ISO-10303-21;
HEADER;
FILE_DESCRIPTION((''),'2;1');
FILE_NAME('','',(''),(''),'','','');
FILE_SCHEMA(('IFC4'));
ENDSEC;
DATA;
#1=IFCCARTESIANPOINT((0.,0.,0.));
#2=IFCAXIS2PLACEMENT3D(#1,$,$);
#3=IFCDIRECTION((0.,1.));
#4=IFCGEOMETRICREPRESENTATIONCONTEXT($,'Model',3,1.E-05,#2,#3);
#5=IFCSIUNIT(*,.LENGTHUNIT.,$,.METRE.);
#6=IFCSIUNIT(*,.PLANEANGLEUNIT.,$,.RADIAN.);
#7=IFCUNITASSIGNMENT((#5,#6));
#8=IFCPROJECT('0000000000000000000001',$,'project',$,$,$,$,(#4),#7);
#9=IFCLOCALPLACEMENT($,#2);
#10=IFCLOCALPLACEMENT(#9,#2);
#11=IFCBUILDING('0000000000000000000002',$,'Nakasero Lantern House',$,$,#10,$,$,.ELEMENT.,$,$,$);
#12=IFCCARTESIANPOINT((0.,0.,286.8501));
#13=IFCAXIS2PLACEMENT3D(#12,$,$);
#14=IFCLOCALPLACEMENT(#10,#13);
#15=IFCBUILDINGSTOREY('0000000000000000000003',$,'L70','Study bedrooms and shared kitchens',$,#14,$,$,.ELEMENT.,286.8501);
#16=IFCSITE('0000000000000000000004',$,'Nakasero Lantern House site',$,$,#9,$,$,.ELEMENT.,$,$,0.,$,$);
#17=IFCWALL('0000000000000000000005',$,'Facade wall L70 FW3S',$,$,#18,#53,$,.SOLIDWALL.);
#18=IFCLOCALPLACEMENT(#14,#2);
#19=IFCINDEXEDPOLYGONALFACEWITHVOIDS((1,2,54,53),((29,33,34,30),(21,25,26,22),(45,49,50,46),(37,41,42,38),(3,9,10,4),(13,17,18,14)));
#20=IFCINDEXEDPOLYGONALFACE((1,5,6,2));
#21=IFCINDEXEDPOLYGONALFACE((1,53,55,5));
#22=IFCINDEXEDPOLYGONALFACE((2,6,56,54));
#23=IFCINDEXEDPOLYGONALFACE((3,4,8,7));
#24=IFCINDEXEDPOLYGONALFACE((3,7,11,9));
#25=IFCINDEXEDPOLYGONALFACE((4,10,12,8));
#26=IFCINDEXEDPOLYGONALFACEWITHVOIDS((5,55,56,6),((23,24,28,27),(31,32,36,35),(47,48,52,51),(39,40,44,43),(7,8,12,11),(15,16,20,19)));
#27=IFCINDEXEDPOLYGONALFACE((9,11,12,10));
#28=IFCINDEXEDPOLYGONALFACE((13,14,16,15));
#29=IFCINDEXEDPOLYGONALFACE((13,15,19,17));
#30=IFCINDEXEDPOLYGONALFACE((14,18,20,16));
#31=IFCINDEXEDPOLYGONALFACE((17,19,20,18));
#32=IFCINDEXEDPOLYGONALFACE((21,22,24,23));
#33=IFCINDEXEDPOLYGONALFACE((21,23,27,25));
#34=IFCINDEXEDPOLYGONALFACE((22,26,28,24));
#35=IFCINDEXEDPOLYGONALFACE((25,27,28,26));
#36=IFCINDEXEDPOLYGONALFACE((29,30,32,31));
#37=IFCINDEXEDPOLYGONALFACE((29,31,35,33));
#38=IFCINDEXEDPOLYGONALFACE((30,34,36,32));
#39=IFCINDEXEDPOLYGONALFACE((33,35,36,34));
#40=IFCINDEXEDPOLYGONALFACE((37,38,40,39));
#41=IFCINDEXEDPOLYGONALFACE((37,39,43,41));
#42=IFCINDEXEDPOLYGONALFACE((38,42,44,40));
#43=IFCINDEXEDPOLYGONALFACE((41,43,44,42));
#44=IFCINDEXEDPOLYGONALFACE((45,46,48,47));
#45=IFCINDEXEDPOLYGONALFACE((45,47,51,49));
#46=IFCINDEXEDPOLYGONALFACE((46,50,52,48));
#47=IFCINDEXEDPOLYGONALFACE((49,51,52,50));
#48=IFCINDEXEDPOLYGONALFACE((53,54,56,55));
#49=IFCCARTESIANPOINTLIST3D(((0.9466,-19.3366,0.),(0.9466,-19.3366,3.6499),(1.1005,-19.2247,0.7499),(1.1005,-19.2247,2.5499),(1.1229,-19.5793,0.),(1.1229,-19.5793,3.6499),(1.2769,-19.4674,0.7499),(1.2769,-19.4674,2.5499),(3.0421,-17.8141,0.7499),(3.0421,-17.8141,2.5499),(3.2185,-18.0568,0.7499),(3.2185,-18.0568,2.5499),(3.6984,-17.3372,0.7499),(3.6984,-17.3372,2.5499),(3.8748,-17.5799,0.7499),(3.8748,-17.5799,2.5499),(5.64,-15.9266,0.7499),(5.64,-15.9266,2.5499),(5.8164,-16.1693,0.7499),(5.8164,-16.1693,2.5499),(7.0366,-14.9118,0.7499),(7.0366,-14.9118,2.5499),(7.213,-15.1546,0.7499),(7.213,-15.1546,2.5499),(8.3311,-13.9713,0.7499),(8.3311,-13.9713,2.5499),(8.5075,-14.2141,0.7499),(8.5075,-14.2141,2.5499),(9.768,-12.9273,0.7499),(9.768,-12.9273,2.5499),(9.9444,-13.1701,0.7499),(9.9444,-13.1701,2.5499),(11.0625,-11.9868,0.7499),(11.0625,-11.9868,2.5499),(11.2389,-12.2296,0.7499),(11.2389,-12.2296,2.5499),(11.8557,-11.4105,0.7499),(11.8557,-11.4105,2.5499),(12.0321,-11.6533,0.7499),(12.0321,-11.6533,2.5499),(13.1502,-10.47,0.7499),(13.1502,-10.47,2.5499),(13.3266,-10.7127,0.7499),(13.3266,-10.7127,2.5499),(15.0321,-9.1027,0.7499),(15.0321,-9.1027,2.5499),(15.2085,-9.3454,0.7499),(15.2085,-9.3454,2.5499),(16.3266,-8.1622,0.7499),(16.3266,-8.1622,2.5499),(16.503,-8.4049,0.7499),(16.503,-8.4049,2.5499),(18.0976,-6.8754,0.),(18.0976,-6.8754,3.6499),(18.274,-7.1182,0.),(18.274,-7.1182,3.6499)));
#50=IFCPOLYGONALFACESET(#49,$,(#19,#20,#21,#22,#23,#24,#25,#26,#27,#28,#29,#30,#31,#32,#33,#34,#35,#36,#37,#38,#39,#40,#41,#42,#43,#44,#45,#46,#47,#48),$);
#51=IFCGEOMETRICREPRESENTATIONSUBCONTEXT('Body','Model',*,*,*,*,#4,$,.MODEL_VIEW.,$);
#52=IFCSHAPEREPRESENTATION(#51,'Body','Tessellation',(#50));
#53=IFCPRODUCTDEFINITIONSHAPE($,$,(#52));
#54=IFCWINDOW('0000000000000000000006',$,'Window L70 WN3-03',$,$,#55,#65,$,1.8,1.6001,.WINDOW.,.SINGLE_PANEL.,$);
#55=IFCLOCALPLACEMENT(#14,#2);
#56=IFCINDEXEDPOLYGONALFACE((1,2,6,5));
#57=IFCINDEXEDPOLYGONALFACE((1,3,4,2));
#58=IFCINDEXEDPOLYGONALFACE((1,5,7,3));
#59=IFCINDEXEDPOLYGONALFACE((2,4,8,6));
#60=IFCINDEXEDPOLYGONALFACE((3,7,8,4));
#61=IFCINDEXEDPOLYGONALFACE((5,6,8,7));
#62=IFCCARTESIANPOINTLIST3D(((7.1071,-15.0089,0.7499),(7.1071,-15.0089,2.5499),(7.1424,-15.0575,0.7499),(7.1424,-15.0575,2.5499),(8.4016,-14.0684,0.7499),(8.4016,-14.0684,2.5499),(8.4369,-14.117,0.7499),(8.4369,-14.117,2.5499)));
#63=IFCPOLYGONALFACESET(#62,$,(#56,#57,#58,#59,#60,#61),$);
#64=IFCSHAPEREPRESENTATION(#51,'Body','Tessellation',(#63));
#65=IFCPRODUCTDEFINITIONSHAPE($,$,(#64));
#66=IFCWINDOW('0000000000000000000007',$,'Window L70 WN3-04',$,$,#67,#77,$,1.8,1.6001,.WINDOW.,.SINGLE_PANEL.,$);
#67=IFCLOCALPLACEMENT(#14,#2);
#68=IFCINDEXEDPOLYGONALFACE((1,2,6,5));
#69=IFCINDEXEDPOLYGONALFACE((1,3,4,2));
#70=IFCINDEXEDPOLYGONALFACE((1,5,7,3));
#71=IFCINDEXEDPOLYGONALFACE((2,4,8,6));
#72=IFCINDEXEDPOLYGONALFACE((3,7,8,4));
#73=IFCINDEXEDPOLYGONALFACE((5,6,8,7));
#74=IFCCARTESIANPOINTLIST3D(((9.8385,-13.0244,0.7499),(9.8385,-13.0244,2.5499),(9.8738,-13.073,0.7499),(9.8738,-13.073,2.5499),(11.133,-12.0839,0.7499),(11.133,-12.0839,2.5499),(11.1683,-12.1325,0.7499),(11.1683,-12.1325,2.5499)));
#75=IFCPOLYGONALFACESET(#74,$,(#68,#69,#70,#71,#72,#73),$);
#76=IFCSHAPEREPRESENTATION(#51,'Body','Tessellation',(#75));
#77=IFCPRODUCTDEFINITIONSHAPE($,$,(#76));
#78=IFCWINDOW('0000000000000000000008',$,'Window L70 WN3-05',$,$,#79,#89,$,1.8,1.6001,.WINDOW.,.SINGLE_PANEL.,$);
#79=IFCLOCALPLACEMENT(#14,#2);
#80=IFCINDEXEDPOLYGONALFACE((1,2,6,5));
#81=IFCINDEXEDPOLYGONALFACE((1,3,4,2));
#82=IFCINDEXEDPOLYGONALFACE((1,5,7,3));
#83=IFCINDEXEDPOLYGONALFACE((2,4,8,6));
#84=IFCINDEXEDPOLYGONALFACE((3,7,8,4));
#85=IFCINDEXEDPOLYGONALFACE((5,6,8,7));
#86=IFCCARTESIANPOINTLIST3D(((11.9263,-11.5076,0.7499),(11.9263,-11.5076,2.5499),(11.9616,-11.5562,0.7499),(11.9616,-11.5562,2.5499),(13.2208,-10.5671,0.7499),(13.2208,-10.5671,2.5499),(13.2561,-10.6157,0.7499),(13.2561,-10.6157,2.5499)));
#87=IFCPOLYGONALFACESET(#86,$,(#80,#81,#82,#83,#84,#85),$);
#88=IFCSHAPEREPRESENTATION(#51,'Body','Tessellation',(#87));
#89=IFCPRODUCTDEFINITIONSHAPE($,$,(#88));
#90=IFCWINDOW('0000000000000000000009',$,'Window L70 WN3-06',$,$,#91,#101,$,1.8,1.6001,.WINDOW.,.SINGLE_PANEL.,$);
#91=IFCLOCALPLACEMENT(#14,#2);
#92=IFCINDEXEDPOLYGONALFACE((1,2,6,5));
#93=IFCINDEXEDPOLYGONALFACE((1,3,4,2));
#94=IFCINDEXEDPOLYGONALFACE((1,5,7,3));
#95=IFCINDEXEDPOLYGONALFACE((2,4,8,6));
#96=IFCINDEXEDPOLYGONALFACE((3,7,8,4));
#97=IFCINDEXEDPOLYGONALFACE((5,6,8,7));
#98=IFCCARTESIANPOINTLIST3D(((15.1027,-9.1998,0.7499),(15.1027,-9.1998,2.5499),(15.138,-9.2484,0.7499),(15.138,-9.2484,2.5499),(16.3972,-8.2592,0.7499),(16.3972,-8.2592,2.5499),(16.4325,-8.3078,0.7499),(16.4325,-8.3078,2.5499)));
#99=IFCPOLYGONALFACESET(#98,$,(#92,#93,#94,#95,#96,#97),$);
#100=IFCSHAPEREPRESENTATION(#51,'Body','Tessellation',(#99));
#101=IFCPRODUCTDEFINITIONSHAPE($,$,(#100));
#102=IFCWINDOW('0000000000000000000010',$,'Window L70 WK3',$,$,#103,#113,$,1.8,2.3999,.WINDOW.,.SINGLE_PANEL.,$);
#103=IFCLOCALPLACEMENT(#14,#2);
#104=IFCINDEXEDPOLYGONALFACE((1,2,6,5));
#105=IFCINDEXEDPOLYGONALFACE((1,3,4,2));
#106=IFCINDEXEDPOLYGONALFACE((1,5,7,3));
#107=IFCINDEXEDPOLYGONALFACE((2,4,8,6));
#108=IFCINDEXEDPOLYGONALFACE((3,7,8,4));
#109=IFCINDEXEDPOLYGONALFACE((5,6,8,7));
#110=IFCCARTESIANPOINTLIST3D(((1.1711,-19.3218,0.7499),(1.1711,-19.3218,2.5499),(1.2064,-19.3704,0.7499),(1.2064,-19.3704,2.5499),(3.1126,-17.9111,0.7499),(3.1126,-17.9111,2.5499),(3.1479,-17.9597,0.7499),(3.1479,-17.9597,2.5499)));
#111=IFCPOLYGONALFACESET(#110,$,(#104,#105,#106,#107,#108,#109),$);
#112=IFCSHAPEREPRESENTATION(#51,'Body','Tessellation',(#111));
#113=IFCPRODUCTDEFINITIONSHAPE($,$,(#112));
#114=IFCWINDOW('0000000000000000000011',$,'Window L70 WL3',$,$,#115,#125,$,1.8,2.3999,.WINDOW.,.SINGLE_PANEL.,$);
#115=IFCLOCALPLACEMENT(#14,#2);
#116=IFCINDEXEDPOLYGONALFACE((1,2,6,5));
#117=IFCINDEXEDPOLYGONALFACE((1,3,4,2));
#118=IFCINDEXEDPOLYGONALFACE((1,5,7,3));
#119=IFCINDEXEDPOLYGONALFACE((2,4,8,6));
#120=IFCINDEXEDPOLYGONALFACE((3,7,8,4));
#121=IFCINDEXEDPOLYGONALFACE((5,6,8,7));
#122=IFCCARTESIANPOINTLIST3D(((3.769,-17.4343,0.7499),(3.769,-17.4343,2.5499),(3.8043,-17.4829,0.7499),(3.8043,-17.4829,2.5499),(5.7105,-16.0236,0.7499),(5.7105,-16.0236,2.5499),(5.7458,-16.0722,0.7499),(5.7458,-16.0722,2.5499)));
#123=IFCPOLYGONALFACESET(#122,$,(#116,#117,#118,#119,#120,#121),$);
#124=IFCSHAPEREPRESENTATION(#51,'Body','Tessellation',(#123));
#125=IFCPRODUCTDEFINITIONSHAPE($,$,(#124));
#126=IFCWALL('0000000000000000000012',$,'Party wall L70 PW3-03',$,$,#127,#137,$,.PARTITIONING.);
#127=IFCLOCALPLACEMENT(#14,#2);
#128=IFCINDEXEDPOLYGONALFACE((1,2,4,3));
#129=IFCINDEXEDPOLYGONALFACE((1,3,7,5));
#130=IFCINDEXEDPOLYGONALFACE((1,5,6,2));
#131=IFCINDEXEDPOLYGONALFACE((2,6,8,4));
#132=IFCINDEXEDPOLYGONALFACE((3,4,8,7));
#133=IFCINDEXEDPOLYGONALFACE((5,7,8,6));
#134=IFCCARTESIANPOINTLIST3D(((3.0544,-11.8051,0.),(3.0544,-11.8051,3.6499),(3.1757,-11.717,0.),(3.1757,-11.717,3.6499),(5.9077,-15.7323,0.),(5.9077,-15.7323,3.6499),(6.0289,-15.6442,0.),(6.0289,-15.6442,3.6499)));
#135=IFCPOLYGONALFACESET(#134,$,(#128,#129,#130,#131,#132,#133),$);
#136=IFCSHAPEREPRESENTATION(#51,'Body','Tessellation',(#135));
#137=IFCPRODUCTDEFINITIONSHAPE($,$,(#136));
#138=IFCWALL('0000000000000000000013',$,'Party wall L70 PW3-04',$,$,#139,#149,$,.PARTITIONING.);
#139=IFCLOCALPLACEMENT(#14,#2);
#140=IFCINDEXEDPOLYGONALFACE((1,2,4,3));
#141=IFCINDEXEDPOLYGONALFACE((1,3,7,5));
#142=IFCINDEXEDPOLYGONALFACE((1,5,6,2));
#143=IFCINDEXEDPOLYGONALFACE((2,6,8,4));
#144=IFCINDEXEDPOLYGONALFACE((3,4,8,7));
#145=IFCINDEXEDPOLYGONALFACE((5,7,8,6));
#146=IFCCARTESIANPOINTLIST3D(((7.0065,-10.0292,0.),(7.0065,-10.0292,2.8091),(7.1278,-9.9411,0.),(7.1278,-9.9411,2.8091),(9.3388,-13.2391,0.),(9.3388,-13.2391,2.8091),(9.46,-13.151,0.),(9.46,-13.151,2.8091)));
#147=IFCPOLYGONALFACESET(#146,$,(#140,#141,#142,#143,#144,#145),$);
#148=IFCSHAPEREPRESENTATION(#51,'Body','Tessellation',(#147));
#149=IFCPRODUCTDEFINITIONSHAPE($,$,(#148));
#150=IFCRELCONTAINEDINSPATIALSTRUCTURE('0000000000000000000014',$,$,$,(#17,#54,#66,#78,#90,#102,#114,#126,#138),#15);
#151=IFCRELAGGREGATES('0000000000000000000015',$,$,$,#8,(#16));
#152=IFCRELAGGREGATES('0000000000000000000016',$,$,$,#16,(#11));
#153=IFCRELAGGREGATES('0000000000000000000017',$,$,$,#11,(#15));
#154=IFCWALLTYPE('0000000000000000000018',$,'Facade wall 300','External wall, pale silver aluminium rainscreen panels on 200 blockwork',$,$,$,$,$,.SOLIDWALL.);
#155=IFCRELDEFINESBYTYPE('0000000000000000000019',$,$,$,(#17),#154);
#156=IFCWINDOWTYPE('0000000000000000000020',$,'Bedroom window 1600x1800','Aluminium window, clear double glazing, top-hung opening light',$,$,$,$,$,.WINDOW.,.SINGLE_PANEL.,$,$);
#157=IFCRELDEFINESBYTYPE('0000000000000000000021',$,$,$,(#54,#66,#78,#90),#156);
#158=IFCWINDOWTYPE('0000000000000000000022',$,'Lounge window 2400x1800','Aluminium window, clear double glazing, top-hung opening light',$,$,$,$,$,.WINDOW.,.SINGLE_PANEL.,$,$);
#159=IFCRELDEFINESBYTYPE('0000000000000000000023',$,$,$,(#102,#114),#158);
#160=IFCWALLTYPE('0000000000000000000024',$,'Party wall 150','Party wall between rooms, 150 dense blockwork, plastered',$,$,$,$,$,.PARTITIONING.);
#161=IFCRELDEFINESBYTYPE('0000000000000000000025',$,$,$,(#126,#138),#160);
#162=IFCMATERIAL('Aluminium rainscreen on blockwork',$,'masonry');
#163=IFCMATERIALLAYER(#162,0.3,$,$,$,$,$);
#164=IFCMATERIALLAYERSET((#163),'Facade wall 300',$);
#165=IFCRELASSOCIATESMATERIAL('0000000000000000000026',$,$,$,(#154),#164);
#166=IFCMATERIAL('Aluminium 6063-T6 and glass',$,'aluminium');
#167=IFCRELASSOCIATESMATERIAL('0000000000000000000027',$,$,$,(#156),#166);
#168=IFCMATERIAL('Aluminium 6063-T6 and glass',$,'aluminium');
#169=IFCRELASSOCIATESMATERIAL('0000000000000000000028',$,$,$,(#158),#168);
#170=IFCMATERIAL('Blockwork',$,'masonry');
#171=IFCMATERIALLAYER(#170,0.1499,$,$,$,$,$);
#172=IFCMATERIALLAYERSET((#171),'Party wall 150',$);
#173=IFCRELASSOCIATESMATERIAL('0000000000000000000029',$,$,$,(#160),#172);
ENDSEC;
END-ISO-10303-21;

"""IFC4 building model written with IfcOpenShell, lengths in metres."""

from ifc_helpers import new_model, si_unit, direction, frame, frame_2d, origin, place, context, subcontext, project, spatial, rectangle, extrude, material, layer, layer_set, type_object, element, fill, save


model = new_model("IFC4")

# Units and contexts
model_context = context("Model", 3, precision=1e-05, world=origin(), true_north=direction((0.0, 1.0)))
body_context = subcontext(model_context, "Body", "Model", "MODEL_VIEW")
ifc_project = project(units=[si_unit("LENGTHUNIT", "METRE"), si_unit("PLANEANGLEUNIT", "RADIAN")], contexts=[model_context])

# Site, building, storey
site_placement = place(None, origin())
site = spatial("IfcSite", under=ifc_project, at=site_placement, Name="Nakasero Lantern House site", CompositionType="ELEMENT", RefElevation=0.0)
building_placement = place(site_placement, origin())
building = spatial("IfcBuilding", under=site, at=building_placement, Name="Nakasero Lantern House", CompositionType="ELEMENT")
storey_placement = place(building_placement, frame((0.0, 0.0, 286.8501)))
storey = spatial("IfcBuildingStorey", under=building, at=storey_placement, Name="L70", Description="Study bedrooms and shared kitchens", CompositionType="ELEMENT", Elevation=286.8501)

# Wall, openings, windows
ifc_material_1 = material(Name="Aluminium rainscreen on blockwork", Category="masonry")
ifc_layer_1 = layer(ifc_material_1, 0.3)
ifc_layer_set_1 = layer_set([ifc_layer_1], Name="Facade wall 300")
wall_type_1 = type_object("IfcWallType", Name="Facade wall 300", Description="External wall, pale silver aluminium rainscreen panels on 200 blockwork", PredefinedType="SOLIDWALL", material=ifc_layer_set_1)
wall_1_placement = place(storey_placement, frame((1.0347, -19.458, 0.0), z_axis=(0.0, 0.0, 1.0), x_axis=(0.809013, 0.58779, 0.0)))
wall_1 = element("IfcWall", 1, at=wall_1_placement, inside=storey, type_object=wall_type_1, Name="Facade wall L70 FW3S", PredefinedType="SOLIDWALL", context=body_context, shape_type="SweptSolid", body=[
    extrude(rectangle(XDim=21.2, YDim=0.3, at=frame_2d((10.6001, 0.0))), origin(), (0.0, 0.0, 1.0), 3.6499),
])
opening_1_placement = place(wall_1_placement, frame((7.5278, 0.0, 0.75)))
opening_1 = element("IfcOpeningElement", 2, at=opening_1_placement, cuts=wall_1, PredefinedType="OPENING", context=body_context, shape_type="SweptSolid", body=[
    extrude(rectangle(XDim=1.6001, YDim=1.8, at=frame_2d((0.8, 0.8999))), frame((0.0, 0.1699, 0.0), z_axis=(0.0, -1.0, 0.0), x_axis=(1.0, 0.0, 0.0)), (0.0, 0.0, 1.0), 0.3401),
])
opening_2_placement = place(wall_1_placement, frame((10.9041, 0.0, 0.75)))
opening_2 = element("IfcOpeningElement", 3, at=opening_2_placement, cuts=wall_1, PredefinedType="OPENING", context=body_context, shape_type="SweptSolid", body=[
    extrude(rectangle(XDim=1.6001, YDim=1.8, at=frame_2d((0.8, 0.8999))), frame((0.0, 0.1699, 0.0), z_axis=(0.0, -1.0, 0.0), x_axis=(1.0, 0.0, 0.0)), (0.0, 0.0, 1.0), 0.3401),
])
opening_3_placement = place(wall_1_placement, frame((13.4846, 0.0, 0.75)))
opening_3 = element("IfcOpeningElement", 4, at=opening_3_placement, cuts=wall_1, PredefinedType="OPENING", context=body_context, shape_type="SweptSolid", body=[
    extrude(rectangle(XDim=1.6001, YDim=1.8, at=frame_2d((0.8, 0.8999))), frame((0.0, 0.1699, 0.0), z_axis=(0.0, -1.0, 0.0), x_axis=(1.0, 0.0, 0.0)), (0.0, 0.0, 1.0), 0.3401),
])
opening_4_placement = place(wall_1_placement, frame((17.4109, 0.0, 0.75)))
opening_4 = element("IfcOpeningElement", 5, at=opening_4_placement, cuts=wall_1, PredefinedType="OPENING", context=body_context, shape_type="SweptSolid", body=[
    extrude(rectangle(XDim=1.6001, YDim=1.8, at=frame_2d((0.8, 0.8999))), frame((0.0, 0.1699, 0.0), z_axis=(0.0, -1.0, 0.0), x_axis=(1.0, 0.0, 0.0)), (0.0, 0.0, 1.0), 0.3401),
])
opening_5_placement = place(wall_1_placement, frame((0.1904, 0.0, 0.75)))
opening_5 = element("IfcOpeningElement", 6, at=opening_5_placement, cuts=wall_1, PredefinedType="OPENING", context=body_context, shape_type="SweptSolid", body=[
    extrude(rectangle(XDim=2.3999, YDim=1.8, at=frame_2d((1.2, 0.8999))), frame((0.0, 0.1699, 0.0), z_axis=(0.0, -1.0, 0.0), x_axis=(1.0, 0.0, 0.0)), (0.0, 0.0, 1.0), 0.3401),
])
opening_6_placement = place(wall_1_placement, frame((3.4016, 0.0, 0.75)))
opening_6 = element("IfcOpeningElement", 7, at=opening_6_placement, cuts=wall_1, PredefinedType="OPENING", context=body_context, shape_type="SweptSolid", body=[
    extrude(rectangle(XDim=2.3999, YDim=1.8, at=frame_2d((1.2, 0.8999))), frame((0.0, 0.1699, 0.0), z_axis=(0.0, -1.0, 0.0), x_axis=(1.0, 0.0, 0.0)), (0.0, 0.0, 1.0), 0.3401),
])
ifc_material_2 = material(Name="Aluminium 6063-T6 and glass", Category="aluminium")
window_type_1 = type_object("IfcWindowType", Name="Bedroom window 1600x1800", Description="Aluminium window, clear double glazing, top-hung opening light", PartitioningType="SINGLE_PANEL", PredefinedType="WINDOW", material=ifc_material_2)
window_1_placement = place(opening_1_placement, origin())
window_1 = element("IfcWindow", 8, at=window_1_placement, inside=storey, type_object=window_type_1, Name="Window L70 WN3-03", OverallHeight=1.8, OverallWidth=1.6001, PartitioningType="SINGLE_PANEL", PredefinedType="WINDOW", context=body_context, shape_type="SweptSolid", body=[
    extrude(rectangle(XDim=1.6001, YDim=1.8, at=frame_2d((0.8, 0.8999))), frame((0.0, 0.03, 0.0), z_axis=(0.0, -1.0, 0.0), x_axis=(1.0, 0.0, 0.0)), (0.0, 0.0, 1.0), 0.0601),
])
fill(opening_1, window_1)
window_2_placement = place(opening_2_placement, origin())
window_2 = element("IfcWindow", 9, at=window_2_placement, inside=storey, type_object=window_type_1, Name="Window L70 WN3-04", OverallHeight=1.8, OverallWidth=1.6001, PartitioningType="SINGLE_PANEL", PredefinedType="WINDOW", context=body_context, shape_type="SweptSolid", body=[
    extrude(rectangle(XDim=1.6001, YDim=1.8, at=frame_2d((0.8, 0.8999))), frame((0.0, 0.03, 0.0), z_axis=(0.0, -1.0, 0.0), x_axis=(1.0, 0.0, 0.0)), (0.0, 0.0, 1.0), 0.0601),
])
fill(opening_2, window_2)
window_3_placement = place(opening_3_placement, origin())
window_3 = element("IfcWindow", 10, at=window_3_placement, inside=storey, type_object=window_type_1, Name="Window L70 WN3-05", OverallHeight=1.8, OverallWidth=1.6001, PartitioningType="SINGLE_PANEL", PredefinedType="WINDOW", context=body_context, shape_type="SweptSolid", body=[
    extrude(rectangle(XDim=1.6001, YDim=1.8, at=frame_2d((0.8, 0.8999))), frame((0.0, 0.03, 0.0), z_axis=(0.0, -1.0, 0.0), x_axis=(1.0, 0.0, 0.0)), (0.0, 0.0, 1.0), 0.0601),
])
fill(opening_3, window_3)
window_4_placement = place(opening_4_placement, origin())
window_4 = element("IfcWindow", 11, at=window_4_placement, inside=storey, type_object=window_type_1, Name="Window L70 WN3-06", OverallHeight=1.8, OverallWidth=1.6001, PartitioningType="SINGLE_PANEL", PredefinedType="WINDOW", context=body_context, shape_type="SweptSolid", body=[
    extrude(rectangle(XDim=1.6001, YDim=1.8, at=frame_2d((0.8, 0.8999))), frame((0.0, 0.03, 0.0), z_axis=(0.0, -1.0, 0.0), x_axis=(1.0, 0.0, 0.0)), (0.0, 0.0, 1.0), 0.0601),
])
fill(opening_4, window_4)
ifc_material_3 = material(Name="Aluminium 6063-T6 and glass", Category="aluminium")
window_type_2 = type_object("IfcWindowType", Name="Lounge window 2400x1800", Description="Aluminium window, clear double glazing, top-hung opening light", PartitioningType="SINGLE_PANEL", PredefinedType="WINDOW", material=ifc_material_3)
window_5_placement = place(opening_5_placement, origin())
window_5 = element("IfcWindow", 12, at=window_5_placement, inside=storey, type_object=window_type_2, Name="Window L70 WK3", OverallHeight=1.8, OverallWidth=2.3999, PartitioningType="SINGLE_PANEL", PredefinedType="WINDOW", context=body_context, shape_type="SweptSolid", body=[
    extrude(rectangle(XDim=2.3999, YDim=1.8, at=frame_2d((1.2, 0.8999))), frame((0.0, 0.03, 0.0), z_axis=(0.0, -1.0, 0.0), x_axis=(1.0, 0.0, 0.0)), (0.0, 0.0, 1.0), 0.0601),
])
fill(opening_5, window_5)
window_6_placement = place(opening_6_placement, origin())
window_6 = element("IfcWindow", 13, at=window_6_placement, inside=storey, type_object=window_type_2, Name="Window L70 WL3", OverallHeight=1.8, OverallWidth=2.3999, PartitioningType="SINGLE_PANEL", PredefinedType="WINDOW", context=body_context, shape_type="SweptSolid", body=[
    extrude(rectangle(XDim=2.3999, YDim=1.8, at=frame_2d((1.2, 0.8999))), frame((0.0, 0.03, 0.0), z_axis=(0.0, -1.0, 0.0), x_axis=(1.0, 0.0, 0.0)), (0.0, 0.0, 1.0), 0.0601),
])
fill(opening_6, window_6)

# Walls
ifc_material_4 = material(Name="Blockwork", Category="masonry")
ifc_layer_2 = layer(ifc_material_4, 0.1499)
ifc_layer_set_2 = layer_set([ifc_layer_2], Name="Party wall 150")
wall_type_2 = type_object("IfcWallType", Name="Party wall 150", Description="Party wall between rooms, 150 dense blockwork, plastered", PredefinedType="PARTITIONING", material=ifc_layer_set_2)
wall_2_placement = place(storey_placement, frame((3.115, -11.761, 0.0), z_axis=(0.0, 0.0, 1.0), x_axis=(0.58778, -0.809021, 0.0)))
element("IfcWall", 14, at=wall_2_placement, inside=storey, type_object=wall_type_2, Name="Party wall L70 PW3-03", PredefinedType="PARTITIONING", context=body_context, shape_type="SweptSolid", body=[
    extrude(rectangle(XDim=4.8542, YDim=0.1499, at=frame_2d((2.4272, 0.0))), origin(), (0.0, 0.0, 1.0), 3.6499),
])
wall_3_placement = place(storey_placement, frame((7.0671, -9.9851, 0.0), z_axis=(0.0, 0.0, 1.0), x_axis=(0.587802, -0.809005, 0.0)))
element("IfcWall", 15, at=wall_3_placement, inside=storey, type_object=wall_type_2, Name="Party wall L70 PW3-04", PredefinedType="PARTITIONING", context=body_context, shape_type="SweptSolid", body=[
    extrude(rectangle(XDim=3.9678, YDim=0.1499, at=frame_2d((1.9839, 0.0))), origin(), (0.0, 0.0, 1.0), 2.8091),
])

save(model, "model.ifc")
